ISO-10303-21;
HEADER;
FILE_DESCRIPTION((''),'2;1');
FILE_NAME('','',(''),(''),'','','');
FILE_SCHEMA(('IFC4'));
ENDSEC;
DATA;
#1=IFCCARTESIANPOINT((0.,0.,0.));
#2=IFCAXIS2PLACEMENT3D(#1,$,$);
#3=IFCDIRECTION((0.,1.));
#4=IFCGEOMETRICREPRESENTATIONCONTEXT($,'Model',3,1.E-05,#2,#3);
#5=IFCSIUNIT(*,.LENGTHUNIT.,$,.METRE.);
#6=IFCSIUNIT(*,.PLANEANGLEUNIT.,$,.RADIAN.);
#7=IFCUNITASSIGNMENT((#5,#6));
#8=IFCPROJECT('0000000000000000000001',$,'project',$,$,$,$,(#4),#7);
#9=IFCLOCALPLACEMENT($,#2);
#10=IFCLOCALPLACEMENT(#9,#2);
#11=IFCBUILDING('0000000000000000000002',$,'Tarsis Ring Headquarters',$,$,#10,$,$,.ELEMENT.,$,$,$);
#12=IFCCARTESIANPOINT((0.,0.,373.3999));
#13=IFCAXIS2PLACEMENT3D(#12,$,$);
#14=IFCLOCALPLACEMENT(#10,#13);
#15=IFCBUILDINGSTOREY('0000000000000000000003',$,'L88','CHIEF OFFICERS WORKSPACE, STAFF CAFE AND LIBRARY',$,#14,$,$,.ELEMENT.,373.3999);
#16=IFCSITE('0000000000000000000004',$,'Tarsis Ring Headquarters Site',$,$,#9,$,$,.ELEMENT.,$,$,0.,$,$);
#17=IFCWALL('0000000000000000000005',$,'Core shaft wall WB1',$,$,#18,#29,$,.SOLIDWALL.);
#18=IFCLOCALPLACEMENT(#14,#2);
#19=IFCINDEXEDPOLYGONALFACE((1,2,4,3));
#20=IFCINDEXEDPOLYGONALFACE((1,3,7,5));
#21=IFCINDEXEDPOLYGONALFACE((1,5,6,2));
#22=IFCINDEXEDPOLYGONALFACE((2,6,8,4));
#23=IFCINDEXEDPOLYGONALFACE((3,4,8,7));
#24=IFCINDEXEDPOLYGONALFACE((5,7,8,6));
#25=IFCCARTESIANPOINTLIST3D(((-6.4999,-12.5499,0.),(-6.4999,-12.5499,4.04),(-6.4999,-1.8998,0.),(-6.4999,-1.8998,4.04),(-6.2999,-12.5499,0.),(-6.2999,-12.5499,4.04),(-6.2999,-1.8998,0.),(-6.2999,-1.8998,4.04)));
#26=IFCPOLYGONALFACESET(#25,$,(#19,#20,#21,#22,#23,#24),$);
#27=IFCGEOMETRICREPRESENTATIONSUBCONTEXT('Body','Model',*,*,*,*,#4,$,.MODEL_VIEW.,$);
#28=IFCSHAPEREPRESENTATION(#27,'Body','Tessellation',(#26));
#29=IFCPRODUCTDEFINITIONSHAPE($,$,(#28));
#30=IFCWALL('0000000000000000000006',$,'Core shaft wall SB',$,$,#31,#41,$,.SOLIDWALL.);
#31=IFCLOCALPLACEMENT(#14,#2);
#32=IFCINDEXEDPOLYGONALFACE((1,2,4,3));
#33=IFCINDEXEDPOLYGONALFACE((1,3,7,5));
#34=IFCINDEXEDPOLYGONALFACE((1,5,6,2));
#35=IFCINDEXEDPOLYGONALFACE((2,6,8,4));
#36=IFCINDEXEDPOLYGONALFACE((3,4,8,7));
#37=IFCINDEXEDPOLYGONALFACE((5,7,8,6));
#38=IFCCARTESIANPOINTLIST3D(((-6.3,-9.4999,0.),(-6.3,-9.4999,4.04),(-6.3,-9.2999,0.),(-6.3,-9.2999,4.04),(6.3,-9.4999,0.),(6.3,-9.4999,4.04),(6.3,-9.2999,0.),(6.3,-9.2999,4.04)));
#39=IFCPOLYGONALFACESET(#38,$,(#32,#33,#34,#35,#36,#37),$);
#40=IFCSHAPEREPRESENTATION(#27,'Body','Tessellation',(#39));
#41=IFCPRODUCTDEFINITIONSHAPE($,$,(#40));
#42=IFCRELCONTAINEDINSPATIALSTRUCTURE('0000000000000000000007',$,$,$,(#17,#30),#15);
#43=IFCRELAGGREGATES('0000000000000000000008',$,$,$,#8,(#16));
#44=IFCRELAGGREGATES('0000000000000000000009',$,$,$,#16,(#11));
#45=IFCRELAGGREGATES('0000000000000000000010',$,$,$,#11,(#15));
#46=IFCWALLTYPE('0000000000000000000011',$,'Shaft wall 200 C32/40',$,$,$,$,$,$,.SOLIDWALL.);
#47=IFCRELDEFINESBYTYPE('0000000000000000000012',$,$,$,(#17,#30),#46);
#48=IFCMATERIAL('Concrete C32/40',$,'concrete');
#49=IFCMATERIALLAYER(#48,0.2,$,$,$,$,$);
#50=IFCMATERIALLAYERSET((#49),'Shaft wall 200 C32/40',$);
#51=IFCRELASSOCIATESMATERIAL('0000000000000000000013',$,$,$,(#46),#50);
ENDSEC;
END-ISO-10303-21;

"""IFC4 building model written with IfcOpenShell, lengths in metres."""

from ifc_helpers import new_model, si_unit, direction, frame, frame_2d, origin, place, context, subcontext, project, spatial, rectangle, extrude, material, layer, layer_set, type_object, element, save


model = new_model("IFC4")

# Units and contexts
model_context = context("Model", 3, precision=1e-05, world=origin(), true_north=direction((0.0, 1.0)))
body_context = subcontext(model_context, "Body", "Model", "MODEL_VIEW")
ifc_project = project(units=[si_unit("LENGTHUNIT", "METRE"), si_unit("PLANEANGLEUNIT", "RADIAN")], contexts=[model_context])

# Site, building, storey
site_placement = place(None, origin())
site = spatial("IfcSite", under=ifc_project, at=site_placement, Name="Tarsis Ring Headquarters Site", CompositionType="ELEMENT", RefElevation=0.0)
building_placement = place(site_placement, origin())
building = spatial("IfcBuilding", under=site, at=building_placement, Name="Tarsis Ring Headquarters", CompositionType="ELEMENT")
storey_placement = place(building_placement, frame((0.0, 0.0, 373.3999)))
storey = spatial("IfcBuildingStorey", under=building, at=storey_placement, Name="L88", Description="CHIEF OFFICERS WORKSPACE, STAFF CAFE AND LIBRARY", CompositionType="ELEMENT", Elevation=373.3999)

# Walls
ifc_material_1 = material(Name="Concrete C32/40", Category="concrete")
ifc_layer_1 = layer(ifc_material_1, 0.2)
ifc_layer_set_1 = layer_set([ifc_layer_1], Name="Shaft wall 200 C32/40")
wall_type_1 = type_object("IfcWallType", Name="Shaft wall 200 C32/40", PredefinedType="SOLIDWALL", material=ifc_layer_set_1)
wall_1_placement = place(storey_placement, frame((-6.3999, -12.55, 0.0), z_axis=(0.0, 0.0, 1.0), x_axis=(0.0, 1.0, 0.0)))
element("IfcWall", 1, at=wall_1_placement, inside=storey, type_object=wall_type_1, Name="Core shaft wall WB1", PredefinedType="SOLIDWALL", context=body_context, shape_type="SweptSolid", body=[
    extrude(rectangle(XDim=10.6501, YDim=0.2, at=frame_2d((5.3252, 0.0))), origin(), (0.0, 0.0, 1.0), 4.04),
])
wall_2_placement = place(storey_placement, frame((-6.3, -9.3999, 0.0), z_axis=(0.0, 0.0, 1.0), x_axis=(1.0, 0.0, 0.0)))
element("IfcWall", 2, at=wall_2_placement, inside=storey, type_object=wall_type_1, Name="Core shaft wall SB", PredefinedType="SOLIDWALL", context=body_context, shape_type="SweptSolid", body=[
    extrude(rectangle(XDim=12.6001, YDim=0.2, at=frame_2d((6.3, 0.0))), origin(), (0.0, 0.0, 1.0), 4.04),
])

save(model, "model.ifc")
